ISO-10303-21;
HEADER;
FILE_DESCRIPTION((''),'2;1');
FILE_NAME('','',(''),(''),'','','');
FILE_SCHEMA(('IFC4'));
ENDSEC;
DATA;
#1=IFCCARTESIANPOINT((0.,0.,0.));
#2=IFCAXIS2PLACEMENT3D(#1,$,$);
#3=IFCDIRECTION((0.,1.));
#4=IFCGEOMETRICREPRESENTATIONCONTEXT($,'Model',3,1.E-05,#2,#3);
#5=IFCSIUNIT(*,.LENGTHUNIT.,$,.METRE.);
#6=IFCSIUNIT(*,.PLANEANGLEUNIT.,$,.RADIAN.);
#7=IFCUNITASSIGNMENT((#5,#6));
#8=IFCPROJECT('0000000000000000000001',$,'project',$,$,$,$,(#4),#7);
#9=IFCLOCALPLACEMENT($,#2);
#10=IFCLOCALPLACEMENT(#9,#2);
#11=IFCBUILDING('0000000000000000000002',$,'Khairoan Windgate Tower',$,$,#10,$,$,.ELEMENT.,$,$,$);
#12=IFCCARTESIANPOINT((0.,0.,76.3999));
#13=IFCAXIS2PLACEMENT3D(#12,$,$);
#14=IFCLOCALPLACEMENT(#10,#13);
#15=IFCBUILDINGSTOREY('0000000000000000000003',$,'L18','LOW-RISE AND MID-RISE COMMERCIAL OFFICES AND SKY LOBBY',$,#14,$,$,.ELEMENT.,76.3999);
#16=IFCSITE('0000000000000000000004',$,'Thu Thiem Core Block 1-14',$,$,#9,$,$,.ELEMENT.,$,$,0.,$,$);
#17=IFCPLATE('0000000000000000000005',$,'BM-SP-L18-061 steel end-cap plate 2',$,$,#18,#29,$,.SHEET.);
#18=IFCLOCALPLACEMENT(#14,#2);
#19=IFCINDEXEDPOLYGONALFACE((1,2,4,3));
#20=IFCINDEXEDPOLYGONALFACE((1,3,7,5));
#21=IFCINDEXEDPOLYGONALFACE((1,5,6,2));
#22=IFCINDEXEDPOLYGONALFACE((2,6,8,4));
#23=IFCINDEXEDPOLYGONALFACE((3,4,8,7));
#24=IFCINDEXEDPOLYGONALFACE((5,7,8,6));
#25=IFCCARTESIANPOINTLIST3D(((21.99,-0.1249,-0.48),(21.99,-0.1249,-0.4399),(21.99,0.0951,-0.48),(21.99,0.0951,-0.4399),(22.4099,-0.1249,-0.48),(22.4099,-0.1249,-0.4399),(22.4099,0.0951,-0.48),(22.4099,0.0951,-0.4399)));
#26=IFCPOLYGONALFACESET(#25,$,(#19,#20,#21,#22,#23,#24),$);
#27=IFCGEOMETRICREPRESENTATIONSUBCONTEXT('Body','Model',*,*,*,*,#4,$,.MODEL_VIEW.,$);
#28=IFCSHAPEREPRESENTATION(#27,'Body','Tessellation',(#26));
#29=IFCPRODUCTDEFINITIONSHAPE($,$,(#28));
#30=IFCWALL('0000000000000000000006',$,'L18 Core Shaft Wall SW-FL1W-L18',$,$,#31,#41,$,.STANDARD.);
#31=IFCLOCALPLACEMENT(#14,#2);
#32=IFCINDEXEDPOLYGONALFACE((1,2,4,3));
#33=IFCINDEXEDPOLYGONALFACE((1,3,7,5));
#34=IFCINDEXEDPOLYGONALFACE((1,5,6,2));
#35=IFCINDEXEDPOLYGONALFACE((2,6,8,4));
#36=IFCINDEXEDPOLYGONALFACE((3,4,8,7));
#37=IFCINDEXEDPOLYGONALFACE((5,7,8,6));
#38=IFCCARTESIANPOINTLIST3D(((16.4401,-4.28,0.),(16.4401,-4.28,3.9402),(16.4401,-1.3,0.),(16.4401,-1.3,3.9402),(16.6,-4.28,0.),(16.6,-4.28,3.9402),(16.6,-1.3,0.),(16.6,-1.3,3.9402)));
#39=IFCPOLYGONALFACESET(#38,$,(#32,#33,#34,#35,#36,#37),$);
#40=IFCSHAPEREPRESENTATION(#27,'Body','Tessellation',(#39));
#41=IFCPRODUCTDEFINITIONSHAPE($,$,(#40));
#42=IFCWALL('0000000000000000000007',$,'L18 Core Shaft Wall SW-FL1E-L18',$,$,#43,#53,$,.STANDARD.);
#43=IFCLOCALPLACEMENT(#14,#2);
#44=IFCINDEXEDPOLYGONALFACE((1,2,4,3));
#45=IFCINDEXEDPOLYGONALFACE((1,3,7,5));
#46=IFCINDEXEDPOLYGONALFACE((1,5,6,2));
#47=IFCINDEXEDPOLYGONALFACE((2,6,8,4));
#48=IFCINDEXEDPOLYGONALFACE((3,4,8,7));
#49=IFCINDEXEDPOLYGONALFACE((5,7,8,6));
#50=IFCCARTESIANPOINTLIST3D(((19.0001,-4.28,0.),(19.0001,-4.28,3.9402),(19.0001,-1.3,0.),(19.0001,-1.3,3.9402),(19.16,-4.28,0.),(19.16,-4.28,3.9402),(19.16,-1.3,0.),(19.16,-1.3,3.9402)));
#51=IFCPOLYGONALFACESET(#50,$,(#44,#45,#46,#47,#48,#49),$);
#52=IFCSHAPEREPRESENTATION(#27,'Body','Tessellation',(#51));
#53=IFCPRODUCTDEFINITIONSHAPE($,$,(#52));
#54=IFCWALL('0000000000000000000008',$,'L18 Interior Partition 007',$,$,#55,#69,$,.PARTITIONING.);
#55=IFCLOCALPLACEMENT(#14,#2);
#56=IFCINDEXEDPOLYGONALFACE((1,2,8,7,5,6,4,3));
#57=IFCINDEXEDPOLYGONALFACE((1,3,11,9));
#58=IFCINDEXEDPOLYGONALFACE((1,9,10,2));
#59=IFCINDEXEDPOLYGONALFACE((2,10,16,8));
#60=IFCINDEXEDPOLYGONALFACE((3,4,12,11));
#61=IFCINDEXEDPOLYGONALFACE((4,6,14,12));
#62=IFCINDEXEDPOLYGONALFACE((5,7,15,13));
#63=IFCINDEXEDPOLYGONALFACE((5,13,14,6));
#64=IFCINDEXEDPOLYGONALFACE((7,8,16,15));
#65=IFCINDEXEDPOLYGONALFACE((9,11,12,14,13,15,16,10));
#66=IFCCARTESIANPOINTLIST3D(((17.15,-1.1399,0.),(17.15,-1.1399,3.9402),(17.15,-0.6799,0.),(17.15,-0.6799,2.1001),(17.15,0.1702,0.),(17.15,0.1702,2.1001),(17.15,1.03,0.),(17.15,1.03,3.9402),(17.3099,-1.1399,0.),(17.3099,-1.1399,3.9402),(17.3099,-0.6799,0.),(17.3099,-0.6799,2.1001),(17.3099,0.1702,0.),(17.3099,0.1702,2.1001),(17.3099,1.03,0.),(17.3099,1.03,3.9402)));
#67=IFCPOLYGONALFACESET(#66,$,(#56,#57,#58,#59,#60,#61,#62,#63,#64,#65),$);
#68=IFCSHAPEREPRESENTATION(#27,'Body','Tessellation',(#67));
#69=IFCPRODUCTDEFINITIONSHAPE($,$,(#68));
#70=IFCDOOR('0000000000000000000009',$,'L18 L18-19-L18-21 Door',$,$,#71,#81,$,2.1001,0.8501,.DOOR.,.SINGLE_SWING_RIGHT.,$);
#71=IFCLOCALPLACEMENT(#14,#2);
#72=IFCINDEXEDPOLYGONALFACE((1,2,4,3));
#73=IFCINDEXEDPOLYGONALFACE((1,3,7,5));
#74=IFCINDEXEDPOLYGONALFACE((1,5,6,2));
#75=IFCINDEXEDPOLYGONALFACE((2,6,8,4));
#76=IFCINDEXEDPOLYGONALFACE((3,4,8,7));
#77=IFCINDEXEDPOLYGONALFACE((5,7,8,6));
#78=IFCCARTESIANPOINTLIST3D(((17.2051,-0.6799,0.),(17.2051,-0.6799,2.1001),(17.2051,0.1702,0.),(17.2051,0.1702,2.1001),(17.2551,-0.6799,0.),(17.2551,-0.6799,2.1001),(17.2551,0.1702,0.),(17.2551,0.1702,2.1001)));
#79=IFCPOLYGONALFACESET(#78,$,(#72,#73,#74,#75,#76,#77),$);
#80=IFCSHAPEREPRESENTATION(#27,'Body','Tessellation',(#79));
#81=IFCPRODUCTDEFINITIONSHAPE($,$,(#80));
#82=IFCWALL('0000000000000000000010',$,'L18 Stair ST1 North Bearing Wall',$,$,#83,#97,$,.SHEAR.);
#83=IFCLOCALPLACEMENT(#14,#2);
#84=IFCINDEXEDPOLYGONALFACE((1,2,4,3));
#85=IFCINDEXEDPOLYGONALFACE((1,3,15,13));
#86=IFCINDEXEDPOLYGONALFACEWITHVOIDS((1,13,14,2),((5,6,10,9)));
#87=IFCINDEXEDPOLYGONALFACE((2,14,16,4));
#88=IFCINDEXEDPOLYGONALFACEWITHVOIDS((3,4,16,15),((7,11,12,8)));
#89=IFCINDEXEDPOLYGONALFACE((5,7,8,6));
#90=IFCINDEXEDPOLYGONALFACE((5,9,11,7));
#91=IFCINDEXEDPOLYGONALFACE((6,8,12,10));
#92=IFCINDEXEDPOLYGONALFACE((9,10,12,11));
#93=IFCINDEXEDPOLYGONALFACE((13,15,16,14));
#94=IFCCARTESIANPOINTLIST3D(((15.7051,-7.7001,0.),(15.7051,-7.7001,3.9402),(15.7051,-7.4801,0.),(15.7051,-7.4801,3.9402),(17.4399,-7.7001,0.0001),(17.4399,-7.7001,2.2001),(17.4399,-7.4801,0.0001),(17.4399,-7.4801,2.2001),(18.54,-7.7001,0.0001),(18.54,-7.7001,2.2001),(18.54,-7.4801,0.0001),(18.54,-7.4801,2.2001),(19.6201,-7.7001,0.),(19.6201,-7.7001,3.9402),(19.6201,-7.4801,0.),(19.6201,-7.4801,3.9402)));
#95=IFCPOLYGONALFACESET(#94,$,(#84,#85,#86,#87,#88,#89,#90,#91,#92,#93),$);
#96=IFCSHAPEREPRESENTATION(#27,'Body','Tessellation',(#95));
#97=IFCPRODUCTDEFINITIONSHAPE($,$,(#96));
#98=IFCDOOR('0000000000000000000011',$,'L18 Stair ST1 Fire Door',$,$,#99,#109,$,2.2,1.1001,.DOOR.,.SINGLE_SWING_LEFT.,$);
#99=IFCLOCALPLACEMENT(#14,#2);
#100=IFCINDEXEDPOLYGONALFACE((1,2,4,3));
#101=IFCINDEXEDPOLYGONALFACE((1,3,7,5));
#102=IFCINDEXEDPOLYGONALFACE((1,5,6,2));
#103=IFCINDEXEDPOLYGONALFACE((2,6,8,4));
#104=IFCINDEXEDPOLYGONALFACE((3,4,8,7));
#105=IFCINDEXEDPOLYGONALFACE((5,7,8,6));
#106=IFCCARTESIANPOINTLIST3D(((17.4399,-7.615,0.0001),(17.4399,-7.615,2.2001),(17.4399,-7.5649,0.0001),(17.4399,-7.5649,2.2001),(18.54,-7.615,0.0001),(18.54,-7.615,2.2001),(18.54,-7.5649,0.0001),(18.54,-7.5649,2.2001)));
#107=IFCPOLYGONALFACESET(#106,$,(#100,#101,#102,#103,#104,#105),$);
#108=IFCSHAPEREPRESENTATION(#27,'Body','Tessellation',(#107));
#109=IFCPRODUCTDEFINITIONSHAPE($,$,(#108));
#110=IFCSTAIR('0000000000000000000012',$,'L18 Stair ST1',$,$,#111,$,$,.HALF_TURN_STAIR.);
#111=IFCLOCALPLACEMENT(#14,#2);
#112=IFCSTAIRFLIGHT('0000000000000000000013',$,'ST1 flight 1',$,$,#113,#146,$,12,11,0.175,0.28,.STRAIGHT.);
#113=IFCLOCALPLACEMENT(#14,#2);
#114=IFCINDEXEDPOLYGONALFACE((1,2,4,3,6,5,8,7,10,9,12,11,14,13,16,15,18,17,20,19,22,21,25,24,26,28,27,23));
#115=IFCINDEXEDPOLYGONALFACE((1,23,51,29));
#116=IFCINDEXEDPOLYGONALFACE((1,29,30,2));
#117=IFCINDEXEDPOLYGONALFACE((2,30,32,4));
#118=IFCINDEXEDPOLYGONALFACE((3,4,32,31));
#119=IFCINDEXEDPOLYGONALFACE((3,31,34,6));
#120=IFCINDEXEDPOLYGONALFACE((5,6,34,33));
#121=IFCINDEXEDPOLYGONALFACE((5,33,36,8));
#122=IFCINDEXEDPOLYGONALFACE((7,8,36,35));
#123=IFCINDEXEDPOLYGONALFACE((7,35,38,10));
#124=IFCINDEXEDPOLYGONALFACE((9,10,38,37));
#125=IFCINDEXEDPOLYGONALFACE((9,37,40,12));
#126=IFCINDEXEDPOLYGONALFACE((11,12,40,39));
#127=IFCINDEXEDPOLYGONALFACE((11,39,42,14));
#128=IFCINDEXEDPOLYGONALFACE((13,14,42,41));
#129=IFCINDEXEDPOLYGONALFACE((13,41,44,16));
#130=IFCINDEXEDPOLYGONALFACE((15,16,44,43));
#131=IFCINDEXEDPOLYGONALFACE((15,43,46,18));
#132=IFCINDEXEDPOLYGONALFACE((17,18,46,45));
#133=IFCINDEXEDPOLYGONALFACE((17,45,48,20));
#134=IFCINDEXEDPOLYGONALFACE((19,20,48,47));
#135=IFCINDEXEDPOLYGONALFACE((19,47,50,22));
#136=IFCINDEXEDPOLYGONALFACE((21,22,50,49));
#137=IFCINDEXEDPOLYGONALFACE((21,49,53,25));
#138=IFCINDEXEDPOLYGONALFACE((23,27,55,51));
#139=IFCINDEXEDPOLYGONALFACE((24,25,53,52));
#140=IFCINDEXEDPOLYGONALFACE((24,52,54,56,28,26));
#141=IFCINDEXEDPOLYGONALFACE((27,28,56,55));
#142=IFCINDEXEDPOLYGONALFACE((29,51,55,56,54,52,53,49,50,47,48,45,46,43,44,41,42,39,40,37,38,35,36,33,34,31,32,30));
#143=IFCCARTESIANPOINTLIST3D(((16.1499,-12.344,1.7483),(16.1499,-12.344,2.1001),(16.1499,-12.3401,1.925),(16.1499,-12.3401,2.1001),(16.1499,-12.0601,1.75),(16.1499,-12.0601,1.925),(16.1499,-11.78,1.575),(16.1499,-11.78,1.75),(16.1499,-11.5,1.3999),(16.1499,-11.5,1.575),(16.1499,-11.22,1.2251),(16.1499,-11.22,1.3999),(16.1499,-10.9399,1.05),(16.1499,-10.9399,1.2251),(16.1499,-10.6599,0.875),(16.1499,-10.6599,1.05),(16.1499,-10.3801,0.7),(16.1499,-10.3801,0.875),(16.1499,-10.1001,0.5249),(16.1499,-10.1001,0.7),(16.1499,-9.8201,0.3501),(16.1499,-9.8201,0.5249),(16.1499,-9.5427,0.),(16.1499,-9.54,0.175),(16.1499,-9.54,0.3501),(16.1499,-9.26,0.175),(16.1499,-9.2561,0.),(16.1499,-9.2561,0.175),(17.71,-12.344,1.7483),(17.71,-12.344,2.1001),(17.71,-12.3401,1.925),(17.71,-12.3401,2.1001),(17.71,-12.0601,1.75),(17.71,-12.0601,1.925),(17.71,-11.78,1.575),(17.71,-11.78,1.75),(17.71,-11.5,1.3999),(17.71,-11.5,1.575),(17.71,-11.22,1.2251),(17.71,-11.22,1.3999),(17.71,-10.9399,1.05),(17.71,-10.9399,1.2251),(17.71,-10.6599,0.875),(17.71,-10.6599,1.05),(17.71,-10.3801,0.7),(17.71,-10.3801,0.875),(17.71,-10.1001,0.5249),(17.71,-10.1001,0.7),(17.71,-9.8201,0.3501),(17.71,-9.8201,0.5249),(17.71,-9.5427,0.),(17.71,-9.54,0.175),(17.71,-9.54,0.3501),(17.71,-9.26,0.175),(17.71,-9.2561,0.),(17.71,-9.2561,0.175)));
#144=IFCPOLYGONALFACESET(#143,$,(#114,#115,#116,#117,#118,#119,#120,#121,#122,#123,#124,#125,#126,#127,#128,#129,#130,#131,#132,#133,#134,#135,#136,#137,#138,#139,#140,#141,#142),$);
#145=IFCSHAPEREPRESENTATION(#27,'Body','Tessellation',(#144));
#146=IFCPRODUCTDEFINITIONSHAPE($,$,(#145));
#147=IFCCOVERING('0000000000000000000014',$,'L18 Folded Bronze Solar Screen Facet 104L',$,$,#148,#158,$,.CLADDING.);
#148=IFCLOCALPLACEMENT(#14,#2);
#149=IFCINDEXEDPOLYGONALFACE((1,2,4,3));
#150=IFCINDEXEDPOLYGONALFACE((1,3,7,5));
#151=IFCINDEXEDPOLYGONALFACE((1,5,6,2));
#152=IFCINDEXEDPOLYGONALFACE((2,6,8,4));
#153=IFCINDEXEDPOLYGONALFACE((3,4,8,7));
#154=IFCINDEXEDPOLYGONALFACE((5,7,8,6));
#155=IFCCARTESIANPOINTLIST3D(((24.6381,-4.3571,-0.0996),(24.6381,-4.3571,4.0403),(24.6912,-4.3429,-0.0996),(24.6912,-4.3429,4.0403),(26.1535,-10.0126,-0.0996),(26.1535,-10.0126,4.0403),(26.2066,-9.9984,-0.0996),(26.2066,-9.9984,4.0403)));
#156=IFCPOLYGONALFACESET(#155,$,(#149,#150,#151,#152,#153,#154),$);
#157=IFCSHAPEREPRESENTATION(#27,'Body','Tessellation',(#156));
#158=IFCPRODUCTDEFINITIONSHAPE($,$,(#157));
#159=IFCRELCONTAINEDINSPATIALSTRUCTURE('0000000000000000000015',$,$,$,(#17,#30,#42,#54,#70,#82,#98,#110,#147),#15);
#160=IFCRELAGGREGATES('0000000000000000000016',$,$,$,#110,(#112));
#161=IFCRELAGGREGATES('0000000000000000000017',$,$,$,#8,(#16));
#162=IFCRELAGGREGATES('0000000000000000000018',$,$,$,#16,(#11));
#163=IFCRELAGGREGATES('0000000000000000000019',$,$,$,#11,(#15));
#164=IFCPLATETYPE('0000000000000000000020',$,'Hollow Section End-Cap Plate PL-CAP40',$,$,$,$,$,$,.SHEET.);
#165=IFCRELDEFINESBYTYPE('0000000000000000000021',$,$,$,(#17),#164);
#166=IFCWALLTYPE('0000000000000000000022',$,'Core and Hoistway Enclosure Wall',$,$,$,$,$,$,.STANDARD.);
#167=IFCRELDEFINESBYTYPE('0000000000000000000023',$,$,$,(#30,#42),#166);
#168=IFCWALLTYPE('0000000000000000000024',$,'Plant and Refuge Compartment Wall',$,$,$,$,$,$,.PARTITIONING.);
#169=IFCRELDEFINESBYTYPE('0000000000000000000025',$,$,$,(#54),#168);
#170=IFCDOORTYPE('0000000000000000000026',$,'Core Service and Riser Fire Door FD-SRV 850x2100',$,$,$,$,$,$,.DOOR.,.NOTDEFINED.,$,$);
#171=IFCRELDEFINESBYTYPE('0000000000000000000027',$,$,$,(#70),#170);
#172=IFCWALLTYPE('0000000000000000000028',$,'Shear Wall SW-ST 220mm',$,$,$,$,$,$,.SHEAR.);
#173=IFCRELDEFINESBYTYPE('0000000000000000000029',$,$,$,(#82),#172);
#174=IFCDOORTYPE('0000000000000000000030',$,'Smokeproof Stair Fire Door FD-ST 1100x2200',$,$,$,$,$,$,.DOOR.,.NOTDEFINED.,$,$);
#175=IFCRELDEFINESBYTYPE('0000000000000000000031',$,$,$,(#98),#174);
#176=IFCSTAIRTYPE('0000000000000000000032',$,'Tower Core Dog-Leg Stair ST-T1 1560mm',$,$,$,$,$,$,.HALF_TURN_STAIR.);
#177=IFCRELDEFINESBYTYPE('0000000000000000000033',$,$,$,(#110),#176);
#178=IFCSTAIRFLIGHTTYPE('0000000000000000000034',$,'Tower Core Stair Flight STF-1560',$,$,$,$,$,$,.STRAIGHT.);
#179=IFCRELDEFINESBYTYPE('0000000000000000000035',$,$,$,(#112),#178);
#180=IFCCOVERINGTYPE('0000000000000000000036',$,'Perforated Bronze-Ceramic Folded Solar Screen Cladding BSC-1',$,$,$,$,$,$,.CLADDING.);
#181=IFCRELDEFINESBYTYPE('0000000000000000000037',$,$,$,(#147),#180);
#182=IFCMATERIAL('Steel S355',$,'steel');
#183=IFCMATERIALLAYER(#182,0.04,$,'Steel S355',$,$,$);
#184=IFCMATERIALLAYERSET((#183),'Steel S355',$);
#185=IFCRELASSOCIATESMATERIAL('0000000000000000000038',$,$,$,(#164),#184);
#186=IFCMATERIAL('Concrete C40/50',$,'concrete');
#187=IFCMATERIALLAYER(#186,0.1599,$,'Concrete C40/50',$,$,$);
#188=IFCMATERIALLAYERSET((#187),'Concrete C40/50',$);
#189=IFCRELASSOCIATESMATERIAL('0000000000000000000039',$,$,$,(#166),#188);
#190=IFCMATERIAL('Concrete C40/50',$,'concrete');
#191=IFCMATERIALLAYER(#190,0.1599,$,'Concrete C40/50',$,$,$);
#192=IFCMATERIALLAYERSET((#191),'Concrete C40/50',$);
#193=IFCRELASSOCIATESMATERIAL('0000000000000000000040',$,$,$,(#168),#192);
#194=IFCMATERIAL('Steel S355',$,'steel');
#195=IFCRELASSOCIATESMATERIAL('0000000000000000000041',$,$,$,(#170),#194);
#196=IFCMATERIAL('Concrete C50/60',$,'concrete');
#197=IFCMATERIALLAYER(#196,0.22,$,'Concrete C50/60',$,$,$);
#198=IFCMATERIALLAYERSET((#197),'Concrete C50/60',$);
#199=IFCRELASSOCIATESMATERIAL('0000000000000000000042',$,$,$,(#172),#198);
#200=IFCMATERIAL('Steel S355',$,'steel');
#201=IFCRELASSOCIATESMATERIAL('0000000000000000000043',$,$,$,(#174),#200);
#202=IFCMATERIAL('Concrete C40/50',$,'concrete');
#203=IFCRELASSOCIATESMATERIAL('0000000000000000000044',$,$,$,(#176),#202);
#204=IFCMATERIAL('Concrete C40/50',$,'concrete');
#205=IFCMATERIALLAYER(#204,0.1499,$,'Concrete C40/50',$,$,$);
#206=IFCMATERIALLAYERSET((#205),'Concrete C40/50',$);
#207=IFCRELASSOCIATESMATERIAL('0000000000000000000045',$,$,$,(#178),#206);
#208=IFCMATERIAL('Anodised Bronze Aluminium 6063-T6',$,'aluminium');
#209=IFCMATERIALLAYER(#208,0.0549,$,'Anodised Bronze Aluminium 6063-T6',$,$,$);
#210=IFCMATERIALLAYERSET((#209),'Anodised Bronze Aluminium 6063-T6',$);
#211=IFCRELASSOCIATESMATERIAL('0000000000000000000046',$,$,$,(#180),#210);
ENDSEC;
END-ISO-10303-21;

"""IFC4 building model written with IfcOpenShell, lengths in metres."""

from ifc_helpers import new_model, si_unit, direction, frame, frame_2d, origin, origin_2d, place, context, subcontext, project, spatial, polyline, rectangle, outline, extrude, material, layer, layer_set, type_object, element, fill, aggregate, save


model = new_model("IFC4")

# Units and contexts
model_context = context("Model", 3, precision=1e-05, world=origin(), true_north=direction((0.0, 1.0)))
body_context = subcontext(model_context, "Body", "Model", "MODEL_VIEW")
ifc_project = project(units=[si_unit("LENGTHUNIT", "METRE"), si_unit("PLANEANGLEUNIT", "RADIAN")], contexts=[model_context])

# Site, building, storey
site_placement = place(None, origin())
site = spatial("IfcSite", under=ifc_project, at=site_placement, Name="Thu Thiem Core Block 1-14", CompositionType="ELEMENT", RefElevation=0.0)
building_placement = place(site_placement, origin())
building = spatial("IfcBuilding", under=site, at=building_placement, Name="Khairoan Windgate Tower", CompositionType="ELEMENT")
storey_placement = place(building_placement, frame((0.0, 0.0, 76.3999)))
storey = spatial("IfcBuildingStorey", under=building, at=storey_placement, Name="L18", Description="LOW-RISE AND MID-RISE COMMERCIAL OFFICES AND SKY LOBBY", CompositionType="ELEMENT", Elevation=76.3999)

# Plate
ifc_material_1 = material(Name="Steel S355", Category="steel")
ifc_layer_1 = layer(ifc_material_1, 0.04, Name="Steel S355")
ifc_layer_set_1 = layer_set([ifc_layer_1], Name="Steel S355")
plate_type = type_object("IfcPlateType", Name="Hollow Section End-Cap Plate PL-CAP40", PredefinedType="SHEET", material=ifc_layer_set_1)
for number, where, z_axis, x_axis, name in (
    (1, (22.2, -0.0149, -0.48), (0.0, 0.0, 1.0), (0.0, 1.0, 0.0), "BM-SP-L18-061 steel end-cap plate 2"),
):
    element("IfcPlate", number, at=place(storey_placement, frame(where, z_axis=z_axis, x_axis=x_axis)), inside=storey, type_object=plate_type, Name=name, PredefinedType="SHEET", context=body_context, shape_type="SweptSolid", body=[
        extrude(rectangle(XDim=0.22, YDim=0.4199, at=origin_2d()), origin(), (0.0, 0.0, 1.0), 0.04),
    ])

# Walls
ifc_material_2 = material(Name="Concrete C40/50", Category="concrete")
ifc_layer_2 = layer(ifc_material_2, 0.1599, Name="Concrete C40/50")
ifc_layer_set_2 = layer_set([ifc_layer_2], Name="Concrete C40/50")
wall_type_1 = type_object("IfcWallType", Name="Core and Hoistway Enclosure Wall", PredefinedType="STANDARD", material=ifc_layer_set_2)
for number, where, z_axis, x_axis, name in (
    (2, (16.52, -4.28, 0.0), (0.0, 0.0, 1.0), (0.0, 1.0, 0.0), "L18 Core Shaft Wall SW-FL1W-L18"),
    (3, (19.0801, -4.28, 0.0), (0.0, 0.0, 1.0), (0.0, 1.0, 0.0), "L18 Core Shaft Wall SW-FL1E-L18"),
):
    element("IfcWall", number, at=place(storey_placement, frame(where, z_axis=z_axis, x_axis=x_axis)), inside=storey, type_object=wall_type_1, Name=name, PredefinedType="STANDARD", context=body_context, shape_type="SweptSolid", body=[
        extrude(rectangle(XDim=2.98, YDim=0.1599, at=frame_2d((1.49, 0.0))), origin(), (0.0, 0.0, 1.0), 3.9402),
    ])

# Walls, openings, doors
ifc_material_3 = material(Name="Concrete C40/50", Category="concrete")
ifc_layer_3 = layer(ifc_material_3, 0.1599, Name="Concrete C40/50")
ifc_layer_set_3 = layer_set([ifc_layer_3], Name="Concrete C40/50")
wall_type_2 = type_object("IfcWallType", Name="Plant and Refuge Compartment Wall", PredefinedType="PARTITIONING", material=ifc_layer_set_3)
wall_1_placement = place(storey_placement, frame((17.23, -1.1399, 0.0), z_axis=(0.0, 0.0, 1.0), x_axis=(0.0, 1.0, 0.0)))
wall_1 = element("IfcWall", 4, at=wall_1_placement, inside=storey, type_object=wall_type_2, Name="L18 Interior Partition 007", PredefinedType="PARTITIONING", context=body_context, shape_type="SweptSolid", body=[
    extrude(rectangle(XDim=2.1699, YDim=0.1599, at=frame_2d((1.085, 0.0))), origin(), (0.0, 0.0, 1.0), 3.9402),
])
opening_1_placement = place(wall_1_placement, frame((0.46, 0.0, 0.0)))
opening_1 = element("IfcOpeningElement", 5, at=opening_1_placement, cuts=wall_1, PredefinedType="OPENING", context=body_context, shape_type="SweptSolid", body=[
    extrude(rectangle(XDim=0.8501, YDim=2.1001, at=frame_2d((0.425, 1.05))), frame((0.0, 0.0898, 0.0), z_axis=(0.0, -1.0, 0.0), x_axis=(1.0, 0.0, 0.0)), (0.0, 0.0, 1.0), 0.1799),
])
ifc_material_4 = material(Name="Steel S355", Category="steel")
door_type_1 = type_object("IfcDoorType", Name="Core Service and Riser Fire Door FD-SRV 850x2100", OperationType="NOTDEFINED", PredefinedType="DOOR", material=ifc_material_4)
door_1_placement = place(opening_1_placement, origin())
door_1 = element("IfcDoor", 6, at=door_1_placement, inside=storey, type_object=door_type_1, Name="L18 L18-19-L18-21 Door", OperationType="SINGLE_SWING_RIGHT", OverallHeight=2.1001, OverallWidth=0.8501, PredefinedType="DOOR", context=body_context, shape_type="SweptSolid", body=[
    extrude(rectangle(XDim=0.8501, YDim=2.1001, at=frame_2d((0.425, 1.05))), frame((0.0, 0.0249, 0.0), z_axis=(0.0, -1.0, 0.0), x_axis=(1.0, 0.0, 0.0)), (0.0, 0.0, 1.0), 0.05),
])
fill(opening_1, door_1)
ifc_material_5 = material(Name="Concrete C50/60", Category="concrete")
ifc_layer_4 = layer(ifc_material_5, 0.22, Name="Concrete C50/60")
ifc_layer_set_4 = layer_set([ifc_layer_4], Name="Concrete C50/60")
wall_type_3 = type_object("IfcWallType", Name="Shear Wall SW-ST 220mm", PredefinedType="SHEAR", material=ifc_layer_set_4)
wall_2_placement = place(storey_placement, frame((19.6201, -7.5901, 0.0), z_axis=(0.0, 0.0, 1.0), x_axis=(-1.0, 0.0, 0.0)))
wall_2 = element("IfcWall", 7, at=wall_2_placement, inside=storey, type_object=wall_type_3, Name="L18 Stair ST1 North Bearing Wall", PredefinedType="SHEAR", context=body_context, shape_type="SweptSolid", body=[
    extrude(rectangle(XDim=3.915, YDim=0.22, at=frame_2d((1.9575, 0.0))), origin(), (0.0, 0.0, 1.0), 3.9402),
])
opening_2_placement = place(wall_2_placement, frame((1.0801, 0.0, 0.0)))
opening_2 = element("IfcOpeningElement", 8, at=opening_2_placement, cuts=wall_2, PredefinedType="OPENING", context=body_context, shape_type="SweptSolid", body=[
    extrude(rectangle(XDim=1.1001, YDim=2.2, at=frame_2d((0.55, 1.1001))), frame((0.0, 0.1199, 0.0), z_axis=(0.0, -1.0, 0.0), x_axis=(1.0, 0.0, 0.0)), (0.0, 0.0, 1.0), 0.24),
])
ifc_material_6 = material(Name="Steel S355", Category="steel")
door_type_2 = type_object("IfcDoorType", Name="Smokeproof Stair Fire Door FD-ST 1100x2200", OperationType="NOTDEFINED", PredefinedType="DOOR", material=ifc_material_6)
door_2_placement = place(opening_2_placement, origin())
door_2 = element("IfcDoor", 9, at=door_2_placement, inside=storey, type_object=door_type_2, Name="L18 Stair ST1 Fire Door", OperationType="SINGLE_SWING_LEFT", OverallHeight=2.2, OverallWidth=1.1001, PredefinedType="DOOR", context=body_context, shape_type="SweptSolid", body=[
    extrude(rectangle(XDim=1.1001, YDim=2.2, at=frame_2d((0.55, 1.1001))), frame((0.0, 0.0249, 0.0), z_axis=(0.0, -1.0, 0.0), x_axis=(1.0, 0.0, 0.0)), (0.0, 0.0, 1.0), 0.05),
])
fill(opening_2, door_2)

# Stair, stair flight
ifc_material_7 = material(Name="Concrete C40/50", Category="concrete")
stair_type = type_object("IfcStairType", Name="Tower Core Dog-Leg Stair ST-T1 1560mm", PredefinedType="HALF_TURN_STAIR", material=ifc_material_7)
stair_placement = place(storey_placement, origin())
stair = element("IfcStair", 10, at=stair_placement, inside=storey, type_object=stair_type, Name="L18 Stair ST1", PredefinedType="HALF_TURN_STAIR")
ifc_material_8 = material(Name="Concrete C40/50", Category="concrete")
ifc_layer_5 = layer(ifc_material_8, 0.1499, Name="Concrete C40/50")
ifc_layer_set_5 = layer_set([ifc_layer_5], Name="Concrete C40/50")
stair_flight_type = type_object("IfcStairFlightType", Name="Tower Core Stair Flight STF-1560", PredefinedType="STRAIGHT", material=ifc_layer_set_5)
stair_flight_placement = place(storey_placement, frame((16.9299, -9.26, 0.0), z_axis=(0.0, 0.0, 1.0), x_axis=(0.0, -1.0, 0.0)))
stair_flight = element("IfcStairFlight", 11, at=stair_flight_placement, type_object=stair_flight_type, Name="ST1 flight 1", NumberOfRisers=12, NumberOfTreads=11, PredefinedType="STRAIGHT", RiserHeight=0.175, TreadLength=0.28, context=body_context, shape_type="SweptSolid", body=[
    extrude(outline(polyline([(-0.0039, 0.0), (-0.0039, 0.175), (0.0, 0.175), (0.28, 0.175), (0.28, 0.3501), (0.5601, 0.3501), (0.5601, 0.5249), (0.8401, 0.5249), (0.8401, 0.7), (1.1201, 0.7), (1.1201, 0.875), (1.3999, 0.875), (1.3999, 1.05), (1.6799, 1.05), (1.6799, 1.2251), (1.96, 1.2251), (1.96, 1.3999), (2.24, 1.3999), (2.24, 1.575), (2.52, 1.575), (2.52, 1.75), (2.8, 1.75), (2.8, 1.925), (3.0801, 1.925), (3.0801, 2.1001), (3.084, 2.1001), (3.084, 1.7483), (0.2827, 0.0), (-0.0039, 0.0)])), frame((0.0, 0.78, 0.0), z_axis=(0.0, -1.0, 0.0), x_axis=(1.0, 0.0, 0.0)), (0.0, 0.0, 1.0), 1.5601),
])
aggregate(stair, [stair_flight])

# Covering
ifc_material_9 = material(Name="Anodised Bronze Aluminium 6063-T6", Category="aluminium")
ifc_layer_6 = layer(ifc_material_9, 0.0549, Name="Anodised Bronze Aluminium 6063-T6")
ifc_layer_set_6 = layer_set([ifc_layer_6], Name="Anodised Bronze Aluminium 6063-T6")
covering_type = type_object("IfcCoveringType", Name="Perforated Bronze-Ceramic Folded Solar Screen Cladding BSC-1", PredefinedType="CLADDING", material=ifc_layer_set_6)
covering_placement = place(storey_placement, frame((25.4224, -7.1777, -0.0996), z_axis=(0.0, 0.0, 1.0), x_axis=(0.258819, -0.965926, 0.0)))
element("IfcCovering", 12, at=covering_placement, inside=storey, type_object=covering_type, Name="L18 Folded Bronze Solar Screen Facet 104L", PredefinedType="CLADDING", context=body_context, shape_type="SweptSolid", body=[
    extrude(rectangle(XDim=5.855, YDim=0.0549, at=origin_2d()), origin(), (0.0, 0.0, 1.0), 4.1399),
])

save(model, "model.ifc")
